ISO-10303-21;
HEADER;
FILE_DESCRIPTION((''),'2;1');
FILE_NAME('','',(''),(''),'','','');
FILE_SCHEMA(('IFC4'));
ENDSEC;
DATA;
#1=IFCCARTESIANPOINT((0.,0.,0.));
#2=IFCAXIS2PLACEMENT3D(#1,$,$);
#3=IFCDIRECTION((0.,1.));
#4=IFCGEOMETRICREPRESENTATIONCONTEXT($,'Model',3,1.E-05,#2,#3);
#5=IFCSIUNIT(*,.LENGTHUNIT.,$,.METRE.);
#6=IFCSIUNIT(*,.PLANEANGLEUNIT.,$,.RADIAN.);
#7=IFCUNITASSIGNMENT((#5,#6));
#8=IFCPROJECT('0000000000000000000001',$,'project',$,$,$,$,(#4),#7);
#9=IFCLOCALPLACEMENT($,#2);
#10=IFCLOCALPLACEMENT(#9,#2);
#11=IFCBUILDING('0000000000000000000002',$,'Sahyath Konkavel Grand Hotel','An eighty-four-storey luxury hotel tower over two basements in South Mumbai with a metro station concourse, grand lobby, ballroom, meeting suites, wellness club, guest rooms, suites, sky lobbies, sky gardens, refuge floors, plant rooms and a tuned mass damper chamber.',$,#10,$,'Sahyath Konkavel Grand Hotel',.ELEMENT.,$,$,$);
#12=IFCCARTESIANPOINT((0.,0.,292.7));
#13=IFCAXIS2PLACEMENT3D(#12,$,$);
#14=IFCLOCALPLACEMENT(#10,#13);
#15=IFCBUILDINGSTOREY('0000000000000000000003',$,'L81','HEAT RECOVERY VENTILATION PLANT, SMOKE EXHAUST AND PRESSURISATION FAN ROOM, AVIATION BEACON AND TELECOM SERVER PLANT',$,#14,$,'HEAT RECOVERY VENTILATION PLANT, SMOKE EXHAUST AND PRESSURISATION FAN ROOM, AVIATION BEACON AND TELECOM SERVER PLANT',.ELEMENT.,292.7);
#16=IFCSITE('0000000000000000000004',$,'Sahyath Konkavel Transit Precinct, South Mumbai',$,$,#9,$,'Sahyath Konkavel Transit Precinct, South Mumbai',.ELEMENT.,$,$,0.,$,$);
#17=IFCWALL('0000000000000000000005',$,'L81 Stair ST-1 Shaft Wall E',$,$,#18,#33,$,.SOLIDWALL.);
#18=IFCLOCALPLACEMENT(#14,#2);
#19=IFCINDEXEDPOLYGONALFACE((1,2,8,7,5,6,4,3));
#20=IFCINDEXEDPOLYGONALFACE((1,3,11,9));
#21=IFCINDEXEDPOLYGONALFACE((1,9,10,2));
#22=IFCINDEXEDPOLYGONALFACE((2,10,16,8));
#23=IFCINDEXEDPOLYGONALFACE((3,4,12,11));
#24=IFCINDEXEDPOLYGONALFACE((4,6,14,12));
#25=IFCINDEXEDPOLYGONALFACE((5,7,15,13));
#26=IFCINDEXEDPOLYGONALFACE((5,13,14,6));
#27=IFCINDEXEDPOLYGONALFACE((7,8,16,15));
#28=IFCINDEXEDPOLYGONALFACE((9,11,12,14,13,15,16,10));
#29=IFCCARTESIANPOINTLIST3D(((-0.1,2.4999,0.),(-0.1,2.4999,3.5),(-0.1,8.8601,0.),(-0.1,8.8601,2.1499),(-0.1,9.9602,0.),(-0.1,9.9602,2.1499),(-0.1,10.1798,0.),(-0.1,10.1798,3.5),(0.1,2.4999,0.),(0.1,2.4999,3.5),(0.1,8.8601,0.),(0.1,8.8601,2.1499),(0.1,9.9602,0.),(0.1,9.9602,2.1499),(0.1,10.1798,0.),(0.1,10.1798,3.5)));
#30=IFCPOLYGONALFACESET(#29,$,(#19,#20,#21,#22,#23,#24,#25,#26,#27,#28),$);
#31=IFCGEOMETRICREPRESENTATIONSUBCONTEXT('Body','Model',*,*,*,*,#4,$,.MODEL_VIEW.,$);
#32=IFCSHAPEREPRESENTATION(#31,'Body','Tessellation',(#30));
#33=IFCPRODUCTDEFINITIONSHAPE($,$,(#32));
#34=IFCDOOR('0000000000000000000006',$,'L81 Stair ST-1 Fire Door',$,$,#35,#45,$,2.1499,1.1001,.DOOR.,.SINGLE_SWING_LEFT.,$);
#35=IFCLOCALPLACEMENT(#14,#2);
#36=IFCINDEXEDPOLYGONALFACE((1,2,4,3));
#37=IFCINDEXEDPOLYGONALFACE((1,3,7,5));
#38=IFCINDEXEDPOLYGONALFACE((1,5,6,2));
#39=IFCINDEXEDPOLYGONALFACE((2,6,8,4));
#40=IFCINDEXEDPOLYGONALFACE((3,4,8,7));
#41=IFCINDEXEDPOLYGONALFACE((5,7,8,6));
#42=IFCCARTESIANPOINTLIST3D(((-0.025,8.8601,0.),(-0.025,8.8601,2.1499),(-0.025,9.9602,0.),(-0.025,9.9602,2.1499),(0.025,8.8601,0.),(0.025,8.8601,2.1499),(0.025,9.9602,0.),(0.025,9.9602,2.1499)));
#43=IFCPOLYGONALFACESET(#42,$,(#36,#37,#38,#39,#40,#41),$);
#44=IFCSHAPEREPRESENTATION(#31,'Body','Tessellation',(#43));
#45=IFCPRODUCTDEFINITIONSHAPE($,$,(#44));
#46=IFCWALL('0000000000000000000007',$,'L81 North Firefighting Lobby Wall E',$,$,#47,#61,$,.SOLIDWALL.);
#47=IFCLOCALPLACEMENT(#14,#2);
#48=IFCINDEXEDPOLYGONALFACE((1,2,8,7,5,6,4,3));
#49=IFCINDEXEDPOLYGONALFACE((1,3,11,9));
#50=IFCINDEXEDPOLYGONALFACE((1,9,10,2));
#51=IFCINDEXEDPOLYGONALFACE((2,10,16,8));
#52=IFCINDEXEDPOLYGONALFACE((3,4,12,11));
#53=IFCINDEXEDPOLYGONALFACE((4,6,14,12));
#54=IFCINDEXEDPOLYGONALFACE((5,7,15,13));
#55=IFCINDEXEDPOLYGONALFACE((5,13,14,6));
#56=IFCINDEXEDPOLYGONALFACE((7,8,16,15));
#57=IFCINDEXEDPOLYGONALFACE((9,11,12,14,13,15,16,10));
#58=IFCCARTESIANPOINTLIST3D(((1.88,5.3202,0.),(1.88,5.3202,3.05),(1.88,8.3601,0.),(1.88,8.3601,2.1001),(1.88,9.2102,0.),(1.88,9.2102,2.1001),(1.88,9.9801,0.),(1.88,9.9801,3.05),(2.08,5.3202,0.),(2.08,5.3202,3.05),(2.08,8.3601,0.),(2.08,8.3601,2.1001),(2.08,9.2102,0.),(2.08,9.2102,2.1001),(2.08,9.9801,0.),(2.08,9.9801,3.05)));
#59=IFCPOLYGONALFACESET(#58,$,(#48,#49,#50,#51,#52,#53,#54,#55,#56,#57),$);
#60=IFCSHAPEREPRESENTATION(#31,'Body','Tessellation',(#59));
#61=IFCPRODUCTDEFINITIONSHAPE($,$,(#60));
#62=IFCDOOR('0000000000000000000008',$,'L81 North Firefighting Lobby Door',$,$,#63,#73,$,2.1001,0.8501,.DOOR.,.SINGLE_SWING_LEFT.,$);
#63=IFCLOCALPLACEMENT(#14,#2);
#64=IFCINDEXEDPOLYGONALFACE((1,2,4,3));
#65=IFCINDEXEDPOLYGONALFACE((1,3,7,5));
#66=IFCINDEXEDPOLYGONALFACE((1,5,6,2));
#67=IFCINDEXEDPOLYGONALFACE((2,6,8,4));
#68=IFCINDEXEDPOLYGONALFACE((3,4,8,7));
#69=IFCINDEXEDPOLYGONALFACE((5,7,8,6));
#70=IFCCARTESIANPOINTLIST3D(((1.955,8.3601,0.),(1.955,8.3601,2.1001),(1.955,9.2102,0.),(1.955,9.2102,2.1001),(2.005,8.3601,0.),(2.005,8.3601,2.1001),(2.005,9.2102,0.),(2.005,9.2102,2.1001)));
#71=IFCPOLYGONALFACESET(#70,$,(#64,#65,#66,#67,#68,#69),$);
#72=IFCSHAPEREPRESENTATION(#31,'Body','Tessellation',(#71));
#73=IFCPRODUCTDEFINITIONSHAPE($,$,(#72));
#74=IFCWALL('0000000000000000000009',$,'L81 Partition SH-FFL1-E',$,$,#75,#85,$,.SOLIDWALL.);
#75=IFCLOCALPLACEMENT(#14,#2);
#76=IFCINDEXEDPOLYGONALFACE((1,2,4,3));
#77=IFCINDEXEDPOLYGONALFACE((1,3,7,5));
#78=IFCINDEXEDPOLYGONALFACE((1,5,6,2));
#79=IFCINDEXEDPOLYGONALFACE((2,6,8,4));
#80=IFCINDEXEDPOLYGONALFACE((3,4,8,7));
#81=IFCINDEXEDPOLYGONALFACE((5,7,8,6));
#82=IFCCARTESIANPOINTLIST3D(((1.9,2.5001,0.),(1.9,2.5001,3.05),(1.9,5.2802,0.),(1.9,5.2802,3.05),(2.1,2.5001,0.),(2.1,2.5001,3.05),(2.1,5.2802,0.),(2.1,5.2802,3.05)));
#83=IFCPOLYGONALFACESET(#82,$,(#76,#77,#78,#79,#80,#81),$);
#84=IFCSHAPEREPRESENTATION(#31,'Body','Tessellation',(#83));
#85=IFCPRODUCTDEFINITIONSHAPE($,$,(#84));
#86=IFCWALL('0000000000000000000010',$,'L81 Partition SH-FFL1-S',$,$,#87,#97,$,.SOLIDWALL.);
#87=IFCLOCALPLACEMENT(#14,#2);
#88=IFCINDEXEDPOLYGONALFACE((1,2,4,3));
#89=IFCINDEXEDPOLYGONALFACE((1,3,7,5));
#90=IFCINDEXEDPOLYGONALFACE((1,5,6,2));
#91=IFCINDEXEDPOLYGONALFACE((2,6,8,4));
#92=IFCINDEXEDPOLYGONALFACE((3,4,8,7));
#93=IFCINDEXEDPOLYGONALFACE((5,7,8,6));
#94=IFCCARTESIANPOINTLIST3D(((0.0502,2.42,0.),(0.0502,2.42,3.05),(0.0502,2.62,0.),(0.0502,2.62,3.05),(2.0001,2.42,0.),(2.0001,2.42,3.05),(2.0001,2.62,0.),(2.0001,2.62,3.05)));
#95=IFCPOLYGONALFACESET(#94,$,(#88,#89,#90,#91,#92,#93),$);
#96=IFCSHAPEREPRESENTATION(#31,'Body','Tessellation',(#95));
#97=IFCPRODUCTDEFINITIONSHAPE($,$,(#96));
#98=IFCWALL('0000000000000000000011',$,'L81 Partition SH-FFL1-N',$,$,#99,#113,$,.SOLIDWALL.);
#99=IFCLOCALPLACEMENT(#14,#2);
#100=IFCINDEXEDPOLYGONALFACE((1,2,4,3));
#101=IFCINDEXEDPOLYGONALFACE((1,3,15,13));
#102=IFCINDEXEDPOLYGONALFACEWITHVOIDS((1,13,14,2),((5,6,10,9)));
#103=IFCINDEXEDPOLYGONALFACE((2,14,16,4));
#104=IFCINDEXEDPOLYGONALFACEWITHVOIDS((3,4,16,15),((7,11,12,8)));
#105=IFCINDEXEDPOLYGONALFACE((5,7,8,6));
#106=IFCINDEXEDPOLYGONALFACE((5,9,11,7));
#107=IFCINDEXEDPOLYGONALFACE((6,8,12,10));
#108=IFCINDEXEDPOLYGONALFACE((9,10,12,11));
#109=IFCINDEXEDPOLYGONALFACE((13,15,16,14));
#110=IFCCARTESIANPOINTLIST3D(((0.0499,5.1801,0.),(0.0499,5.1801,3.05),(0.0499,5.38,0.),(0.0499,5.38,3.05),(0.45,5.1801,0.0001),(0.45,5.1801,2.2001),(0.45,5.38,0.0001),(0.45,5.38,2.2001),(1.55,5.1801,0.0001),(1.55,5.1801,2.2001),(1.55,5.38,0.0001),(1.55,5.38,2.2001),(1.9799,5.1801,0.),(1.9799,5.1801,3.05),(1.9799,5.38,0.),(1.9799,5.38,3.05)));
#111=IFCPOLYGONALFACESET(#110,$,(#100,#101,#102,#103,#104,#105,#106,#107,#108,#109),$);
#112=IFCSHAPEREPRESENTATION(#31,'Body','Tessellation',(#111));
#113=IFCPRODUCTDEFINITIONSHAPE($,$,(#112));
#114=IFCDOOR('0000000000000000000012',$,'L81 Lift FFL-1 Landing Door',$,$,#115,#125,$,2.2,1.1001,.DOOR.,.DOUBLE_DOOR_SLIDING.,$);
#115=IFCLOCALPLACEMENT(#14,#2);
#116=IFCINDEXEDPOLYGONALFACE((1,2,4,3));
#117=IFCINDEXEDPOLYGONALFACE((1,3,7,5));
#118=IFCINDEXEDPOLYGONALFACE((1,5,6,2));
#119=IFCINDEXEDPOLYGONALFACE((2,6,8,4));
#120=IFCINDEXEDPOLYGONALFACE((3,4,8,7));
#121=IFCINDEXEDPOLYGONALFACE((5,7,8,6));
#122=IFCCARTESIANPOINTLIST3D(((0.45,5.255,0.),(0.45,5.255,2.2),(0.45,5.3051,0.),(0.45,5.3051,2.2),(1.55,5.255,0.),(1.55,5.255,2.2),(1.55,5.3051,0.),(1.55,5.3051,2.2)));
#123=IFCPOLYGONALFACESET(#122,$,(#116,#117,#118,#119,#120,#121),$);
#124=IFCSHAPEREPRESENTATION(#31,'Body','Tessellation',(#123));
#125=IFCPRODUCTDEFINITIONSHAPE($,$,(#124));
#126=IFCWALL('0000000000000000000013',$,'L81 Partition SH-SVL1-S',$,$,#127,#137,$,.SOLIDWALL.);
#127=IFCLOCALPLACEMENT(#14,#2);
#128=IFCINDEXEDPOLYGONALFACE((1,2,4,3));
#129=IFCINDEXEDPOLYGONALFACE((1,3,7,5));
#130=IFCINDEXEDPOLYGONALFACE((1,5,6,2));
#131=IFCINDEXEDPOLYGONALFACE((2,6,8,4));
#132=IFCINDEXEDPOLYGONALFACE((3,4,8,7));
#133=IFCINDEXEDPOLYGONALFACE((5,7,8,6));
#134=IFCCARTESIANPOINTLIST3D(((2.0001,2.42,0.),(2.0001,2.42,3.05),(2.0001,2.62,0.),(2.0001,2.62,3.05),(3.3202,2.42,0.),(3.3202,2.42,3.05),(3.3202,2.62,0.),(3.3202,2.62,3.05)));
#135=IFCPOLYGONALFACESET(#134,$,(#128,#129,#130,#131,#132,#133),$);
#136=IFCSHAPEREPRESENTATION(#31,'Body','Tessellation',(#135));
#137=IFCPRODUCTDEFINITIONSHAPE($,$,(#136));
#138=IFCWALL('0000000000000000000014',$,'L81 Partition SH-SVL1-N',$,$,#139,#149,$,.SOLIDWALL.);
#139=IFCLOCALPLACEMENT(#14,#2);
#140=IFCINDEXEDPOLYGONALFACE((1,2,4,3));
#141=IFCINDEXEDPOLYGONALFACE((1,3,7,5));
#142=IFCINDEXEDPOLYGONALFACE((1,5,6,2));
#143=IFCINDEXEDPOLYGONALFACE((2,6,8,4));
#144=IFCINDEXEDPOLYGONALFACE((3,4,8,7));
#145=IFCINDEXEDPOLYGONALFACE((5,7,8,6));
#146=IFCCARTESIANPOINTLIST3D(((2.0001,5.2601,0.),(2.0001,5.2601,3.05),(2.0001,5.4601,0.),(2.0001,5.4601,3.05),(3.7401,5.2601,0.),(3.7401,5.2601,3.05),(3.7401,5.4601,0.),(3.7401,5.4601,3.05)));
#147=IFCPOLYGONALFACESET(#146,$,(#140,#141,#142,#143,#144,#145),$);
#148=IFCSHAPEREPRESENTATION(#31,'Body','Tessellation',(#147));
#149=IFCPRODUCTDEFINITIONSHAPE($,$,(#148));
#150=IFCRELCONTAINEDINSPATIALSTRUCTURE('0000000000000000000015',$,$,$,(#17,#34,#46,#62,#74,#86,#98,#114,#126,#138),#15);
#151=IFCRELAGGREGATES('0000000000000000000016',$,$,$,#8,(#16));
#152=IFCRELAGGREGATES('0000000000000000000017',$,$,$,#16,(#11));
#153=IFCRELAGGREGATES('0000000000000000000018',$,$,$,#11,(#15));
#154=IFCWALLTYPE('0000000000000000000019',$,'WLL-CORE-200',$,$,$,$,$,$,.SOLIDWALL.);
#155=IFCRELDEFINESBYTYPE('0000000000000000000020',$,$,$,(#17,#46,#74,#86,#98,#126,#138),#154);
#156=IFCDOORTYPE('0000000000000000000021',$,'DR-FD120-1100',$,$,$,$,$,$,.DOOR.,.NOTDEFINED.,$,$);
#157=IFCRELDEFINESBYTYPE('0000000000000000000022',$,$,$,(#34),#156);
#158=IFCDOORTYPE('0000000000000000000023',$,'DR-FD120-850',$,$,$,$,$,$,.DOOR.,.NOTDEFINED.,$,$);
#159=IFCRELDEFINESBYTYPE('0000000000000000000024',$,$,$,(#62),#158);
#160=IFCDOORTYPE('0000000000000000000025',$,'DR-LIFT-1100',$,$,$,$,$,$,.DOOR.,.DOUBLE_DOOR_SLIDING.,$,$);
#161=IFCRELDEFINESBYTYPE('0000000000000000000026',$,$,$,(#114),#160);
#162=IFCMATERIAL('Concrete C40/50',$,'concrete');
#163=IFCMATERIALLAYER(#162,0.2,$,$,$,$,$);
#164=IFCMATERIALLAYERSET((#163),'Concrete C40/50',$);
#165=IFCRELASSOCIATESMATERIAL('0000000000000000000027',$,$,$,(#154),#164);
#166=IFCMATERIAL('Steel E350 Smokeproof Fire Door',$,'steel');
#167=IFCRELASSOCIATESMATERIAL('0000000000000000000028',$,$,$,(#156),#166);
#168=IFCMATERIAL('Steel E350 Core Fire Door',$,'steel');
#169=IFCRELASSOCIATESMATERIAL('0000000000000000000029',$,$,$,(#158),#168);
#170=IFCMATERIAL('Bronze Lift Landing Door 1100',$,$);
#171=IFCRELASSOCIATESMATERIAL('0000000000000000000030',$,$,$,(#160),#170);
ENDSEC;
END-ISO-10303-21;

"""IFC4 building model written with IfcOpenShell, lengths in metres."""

from ifc_helpers import new_model, si_unit, direction, frame, frame_2d, origin, origin_2d, place, context, subcontext, project, spatial, rectangle, extrude, source, transform, mapped, material, layer, layer_set, type_object, element, fill, save


model = new_model("IFC4")

# Units and contexts
model_context = context("Model", 3, precision=1e-05, world=origin(), true_north=direction((0.0, 1.0)))
body_context = subcontext(model_context, "Body", "Model", "MODEL_VIEW")
ifc_project = project(units=[si_unit("LENGTHUNIT", "METRE"), si_unit("PLANEANGLEUNIT", "RADIAN")], contexts=[model_context])

# Site, building, storey
site_placement = place(None, origin())
site = spatial("IfcSite", under=ifc_project, at=site_placement, Name="Sahyath Konkavel Transit Precinct, South Mumbai", LongName="Sahyath Konkavel Transit Precinct, South Mumbai", CompositionType="ELEMENT", RefElevation=0.0)
building_placement = place(site_placement, origin())
building = spatial("IfcBuilding", under=site, at=building_placement, Name="Sahyath Konkavel Grand Hotel", Description="An eighty-four-storey luxury hotel tower over two basements in South Mumbai with a metro station concourse, grand lobby, ballroom, meeting suites, wellness club, guest rooms, suites, sky lobbies, sky gardens, refuge floors, plant rooms and a tuned mass damper chamber.", LongName="Sahyath Konkavel Grand Hotel", CompositionType="ELEMENT")
storey_placement = place(building_placement, frame((0.0, 0.0, 292.7)))
storey = spatial("IfcBuildingStorey", under=building, at=storey_placement, Name="L81", Description="HEAT RECOVERY VENTILATION PLANT, SMOKE EXHAUST AND PRESSURISATION FAN ROOM, AVIATION BEACON AND TELECOM SERVER PLANT", LongName="HEAT RECOVERY VENTILATION PLANT, SMOKE EXHAUST AND PRESSURISATION FAN ROOM, AVIATION BEACON AND TELECOM SERVER PLANT", CompositionType="ELEMENT", Elevation=292.7)

# Shared definitions
ifc_material_1 = material(Name="Concrete C40/50", Category="concrete")

# Walls, openings, doors
ifc_layer_1 = layer(ifc_material_1, 0.2)
ifc_layer_set_1 = layer_set([ifc_layer_1], Name="Concrete C40/50")
wall_type_1 = type_object("IfcWallType", Name="WLL-CORE-200", PredefinedType="SOLIDWALL", material=ifc_layer_set_1)
wall_1_placement = place(storey_placement, frame((0.0, 2.5, 0.0), z_axis=(0.0, 0.0, 1.0), x_axis=(0.0, 1.0, 0.0)))
wall_1 = element("IfcWall", 1, at=wall_1_placement, inside=storey, type_object=wall_type_1, Name="L81 Stair ST-1 Shaft Wall E", PredefinedType="SOLIDWALL", context=body_context, shape_type="SweptSolid", body=[
    extrude(rectangle(XDim=7.6799, YDim=0.2, at=frame_2d((3.8398, 0.0))), origin(), (0.0, 0.0, 1.0), 3.5),
])
opening_1_placement = place(wall_1_placement, frame((6.3601, 0.0, 0.0)))
opening_1 = element("IfcOpeningElement", 2, at=opening_1_placement, cuts=wall_1, PredefinedType="OPENING", context=body_context, shape_type="SweptSolid", body=[
    extrude(rectangle(XDim=1.1001, YDim=2.1499, at=frame_2d((0.55, 1.075))), frame((0.0, 0.1099, 0.0), z_axis=(0.0, -1.0, 0.0), x_axis=(1.0, 0.0, 0.0)), (0.0, 0.0, 1.0), 0.22),
])
ifc_material_2 = material(Name="Steel E350 Smokeproof Fire Door", Category="steel")
door_type_1 = type_object("IfcDoorType", Name="DR-FD120-1100", OperationType="NOTDEFINED", PredefinedType="DOOR", material=ifc_material_2)
shared_shape_1 = source(origin(), body_context, "Body", "SweptSolid", [
    extrude(rectangle(XDim=1.1001, YDim=0.05, at=origin_2d()), origin(), (0.0, 0.0, 1.0), 2.1499),
])
door_1_placement = place(opening_1_placement, frame((0.55, 0.0, 0.0)))
door_1 = element("IfcDoor", 3, at=door_1_placement, inside=storey, type_object=door_type_1, Name="L81 Stair ST-1 Fire Door", OperationType="SINGLE_SWING_LEFT", OverallHeight=2.1499, OverallWidth=1.1001, PredefinedType="DOOR", context=body_context, shape_type="MappedRepresentation", body=[
    mapped(shared_shape_1, transform((0.0, 0.0, 0.0), scale=1.0)),
])
fill(opening_1, door_1)
wall_2_placement = place(storey_placement, frame((1.98, 5.3201, 0.0), z_axis=(0.0, 0.0, 1.0), x_axis=(0.0, 1.0, 0.0)))
wall_2 = element("IfcWall", 4, at=wall_2_placement, inside=storey, type_object=wall_type_1, Name="L81 North Firefighting Lobby Wall E", PredefinedType="SOLIDWALL", context=body_context, shape_type="SweptSolid", body=[
    extrude(rectangle(XDim=4.6599, YDim=0.2, at=frame_2d((2.3301, 0.0))), origin(), (0.0, 0.0, 1.0), 3.05),
])
opening_2_placement = place(wall_2_placement, frame((3.04, 0.0, 0.0)))
opening_2 = element("IfcOpeningElement", 5, at=opening_2_placement, cuts=wall_2, PredefinedType="OPENING", context=body_context, shape_type="SweptSolid", body=[
    extrude(rectangle(XDim=0.8501, YDim=2.1001, at=frame_2d((0.425, 1.05))), frame((0.0, 0.1099, 0.0), z_axis=(0.0, -1.0, 0.0), x_axis=(1.0, 0.0, 0.0)), (0.0, 0.0, 1.0), 0.22),
])
ifc_material_3 = material(Name="Steel E350 Core Fire Door", Category="steel")
door_type_2 = type_object("IfcDoorType", Name="DR-FD120-850", OperationType="NOTDEFINED", PredefinedType="DOOR", material=ifc_material_3)
shared_shape_2 = source(origin(), body_context, "Body", "SweptSolid", [
    extrude(rectangle(XDim=0.8501, YDim=0.05, at=origin_2d()), origin(), (0.0, 0.0, 1.0), 2.1001),
])
door_2_placement = place(opening_2_placement, frame((0.425, 0.0, 0.0)))
door_2 = element("IfcDoor", 6, at=door_2_placement, inside=storey, type_object=door_type_2, Name="L81 North Firefighting Lobby Door", OperationType="SINGLE_SWING_LEFT", OverallHeight=2.1001, OverallWidth=0.8501, PredefinedType="DOOR", context=body_context, shape_type="MappedRepresentation", body=[
    mapped(shared_shape_2, transform((0.0, 0.0, 0.0), scale=1.0)),
])
fill(opening_2, door_2)

# Walls
wall_3_placement = place(storey_placement, frame((2.0, 2.5, 0.0), z_axis=(0.0, 0.0, 1.0), x_axis=(0.0, 1.0, 0.0)))
element("IfcWall", 7, at=wall_3_placement, inside=storey, type_object=wall_type_1, Name="L81 Partition SH-FFL1-E", PredefinedType="SOLIDWALL", context=body_context, shape_type="SweptSolid", body=[
    extrude(rectangle(XDim=2.78, YDim=0.2, at=frame_2d((1.3901, 0.0))), origin(), (0.0, 0.0, 1.0), 3.05),
])
wall_4_placement = place(storey_placement, frame((0.05, 2.52, 0.0), z_axis=(0.0, 0.0, 1.0), x_axis=(1.0, 0.0, 0.0)))
element("IfcWall", 8, at=wall_4_placement, inside=storey, type_object=wall_type_1, Name="L81 Partition SH-FFL1-S", PredefinedType="SOLIDWALL", context=body_context, shape_type="SweptSolid", body=[
    extrude(rectangle(XDim=1.95, YDim=0.2, at=frame_2d((0.9751, 0.0))), origin(), (0.0, 0.0, 1.0), 3.05),
])

# Wall, opening, door
wall_5_placement = place(storey_placement, frame((0.05, 5.28, 0.0), z_axis=(0.0, 0.0, 1.0), x_axis=(1.0, 0.0, 0.0)))
wall_5 = element("IfcWall", 9, at=wall_5_placement, inside=storey, type_object=wall_type_1, Name="L81 Partition SH-FFL1-N", PredefinedType="SOLIDWALL", context=body_context, shape_type="SweptSolid", body=[
    extrude(rectangle(XDim=1.9299, YDim=0.2, at=frame_2d((0.9648, 0.0))), origin(), (0.0, 0.0, 1.0), 3.05),
])
opening_3_placement = place(wall_5_placement, frame((0.3999, 0.0, 0.0)))
opening_3 = element("IfcOpeningElement", 10, at=opening_3_placement, cuts=wall_5, PredefinedType="OPENING", context=body_context, shape_type="SweptSolid", body=[
    extrude(rectangle(XDim=1.1001, YDim=2.2, at=frame_2d((0.55, 1.1001))), frame((0.0, 0.1099, 0.0), z_axis=(0.0, -1.0, 0.0), x_axis=(1.0, 0.0, 0.0)), (0.0, 0.0, 1.0), 0.22),
])
ifc_material_4 = material(Name="Bronze Lift Landing Door 1100")
door_type_3 = type_object("IfcDoorType", Name="DR-LIFT-1100", OperationType="DOUBLE_DOOR_SLIDING", PredefinedType="DOOR", material=ifc_material_4)
shared_shape_3 = source(origin(), body_context, "Body", "SweptSolid", [
    extrude(rectangle(XDim=1.1001, YDim=0.05, at=origin_2d()), origin(), (0.0, 0.0, 1.0), 2.2),
])
door_3_placement = place(opening_3_placement, frame((0.55, 0.0, 0.0)))
door_3 = element("IfcDoor", 11, at=door_3_placement, inside=storey, type_object=door_type_3, Name="L81 Lift FFL-1 Landing Door", OperationType="DOUBLE_DOOR_SLIDING", OverallHeight=2.2, OverallWidth=1.1001, PredefinedType="DOOR", context=body_context, shape_type="MappedRepresentation", body=[
    mapped(shared_shape_3, transform((0.0, 0.0, 0.0), scale=1.0)),
])
fill(opening_3, door_3)

# Walls
wall_6_placement = place(storey_placement, frame((2.0, 2.52, 0.0), z_axis=(0.0, 0.0, 1.0), x_axis=(1.0, 0.0, 0.0)))
element("IfcWall", 12, at=wall_6_placement, inside=storey, type_object=wall_type_1, Name="L81 Partition SH-SVL1-S", PredefinedType="SOLIDWALL", context=body_context, shape_type="SweptSolid", body=[
    extrude(rectangle(XDim=1.3201, YDim=0.2, at=frame_2d((0.6602, 0.0))), origin(), (0.0, 0.0, 1.0), 3.05),
])
wall_7_placement = place(storey_placement, frame((2.0, 5.3601, 0.0), z_axis=(0.0, 0.0, 1.0), x_axis=(1.0, 0.0, 0.0)))
element("IfcWall", 13, at=wall_7_placement, inside=storey, type_object=wall_type_1, Name="L81 Partition SH-SVL1-N", PredefinedType="SOLIDWALL", context=body_context, shape_type="SweptSolid", body=[
    extrude(rectangle(XDim=1.74, YDim=0.2, at=frame_2d((0.8701, 0.0))), origin(), (0.0, 0.0, 1.0), 3.05),
])

save(model, "model.ifc")
